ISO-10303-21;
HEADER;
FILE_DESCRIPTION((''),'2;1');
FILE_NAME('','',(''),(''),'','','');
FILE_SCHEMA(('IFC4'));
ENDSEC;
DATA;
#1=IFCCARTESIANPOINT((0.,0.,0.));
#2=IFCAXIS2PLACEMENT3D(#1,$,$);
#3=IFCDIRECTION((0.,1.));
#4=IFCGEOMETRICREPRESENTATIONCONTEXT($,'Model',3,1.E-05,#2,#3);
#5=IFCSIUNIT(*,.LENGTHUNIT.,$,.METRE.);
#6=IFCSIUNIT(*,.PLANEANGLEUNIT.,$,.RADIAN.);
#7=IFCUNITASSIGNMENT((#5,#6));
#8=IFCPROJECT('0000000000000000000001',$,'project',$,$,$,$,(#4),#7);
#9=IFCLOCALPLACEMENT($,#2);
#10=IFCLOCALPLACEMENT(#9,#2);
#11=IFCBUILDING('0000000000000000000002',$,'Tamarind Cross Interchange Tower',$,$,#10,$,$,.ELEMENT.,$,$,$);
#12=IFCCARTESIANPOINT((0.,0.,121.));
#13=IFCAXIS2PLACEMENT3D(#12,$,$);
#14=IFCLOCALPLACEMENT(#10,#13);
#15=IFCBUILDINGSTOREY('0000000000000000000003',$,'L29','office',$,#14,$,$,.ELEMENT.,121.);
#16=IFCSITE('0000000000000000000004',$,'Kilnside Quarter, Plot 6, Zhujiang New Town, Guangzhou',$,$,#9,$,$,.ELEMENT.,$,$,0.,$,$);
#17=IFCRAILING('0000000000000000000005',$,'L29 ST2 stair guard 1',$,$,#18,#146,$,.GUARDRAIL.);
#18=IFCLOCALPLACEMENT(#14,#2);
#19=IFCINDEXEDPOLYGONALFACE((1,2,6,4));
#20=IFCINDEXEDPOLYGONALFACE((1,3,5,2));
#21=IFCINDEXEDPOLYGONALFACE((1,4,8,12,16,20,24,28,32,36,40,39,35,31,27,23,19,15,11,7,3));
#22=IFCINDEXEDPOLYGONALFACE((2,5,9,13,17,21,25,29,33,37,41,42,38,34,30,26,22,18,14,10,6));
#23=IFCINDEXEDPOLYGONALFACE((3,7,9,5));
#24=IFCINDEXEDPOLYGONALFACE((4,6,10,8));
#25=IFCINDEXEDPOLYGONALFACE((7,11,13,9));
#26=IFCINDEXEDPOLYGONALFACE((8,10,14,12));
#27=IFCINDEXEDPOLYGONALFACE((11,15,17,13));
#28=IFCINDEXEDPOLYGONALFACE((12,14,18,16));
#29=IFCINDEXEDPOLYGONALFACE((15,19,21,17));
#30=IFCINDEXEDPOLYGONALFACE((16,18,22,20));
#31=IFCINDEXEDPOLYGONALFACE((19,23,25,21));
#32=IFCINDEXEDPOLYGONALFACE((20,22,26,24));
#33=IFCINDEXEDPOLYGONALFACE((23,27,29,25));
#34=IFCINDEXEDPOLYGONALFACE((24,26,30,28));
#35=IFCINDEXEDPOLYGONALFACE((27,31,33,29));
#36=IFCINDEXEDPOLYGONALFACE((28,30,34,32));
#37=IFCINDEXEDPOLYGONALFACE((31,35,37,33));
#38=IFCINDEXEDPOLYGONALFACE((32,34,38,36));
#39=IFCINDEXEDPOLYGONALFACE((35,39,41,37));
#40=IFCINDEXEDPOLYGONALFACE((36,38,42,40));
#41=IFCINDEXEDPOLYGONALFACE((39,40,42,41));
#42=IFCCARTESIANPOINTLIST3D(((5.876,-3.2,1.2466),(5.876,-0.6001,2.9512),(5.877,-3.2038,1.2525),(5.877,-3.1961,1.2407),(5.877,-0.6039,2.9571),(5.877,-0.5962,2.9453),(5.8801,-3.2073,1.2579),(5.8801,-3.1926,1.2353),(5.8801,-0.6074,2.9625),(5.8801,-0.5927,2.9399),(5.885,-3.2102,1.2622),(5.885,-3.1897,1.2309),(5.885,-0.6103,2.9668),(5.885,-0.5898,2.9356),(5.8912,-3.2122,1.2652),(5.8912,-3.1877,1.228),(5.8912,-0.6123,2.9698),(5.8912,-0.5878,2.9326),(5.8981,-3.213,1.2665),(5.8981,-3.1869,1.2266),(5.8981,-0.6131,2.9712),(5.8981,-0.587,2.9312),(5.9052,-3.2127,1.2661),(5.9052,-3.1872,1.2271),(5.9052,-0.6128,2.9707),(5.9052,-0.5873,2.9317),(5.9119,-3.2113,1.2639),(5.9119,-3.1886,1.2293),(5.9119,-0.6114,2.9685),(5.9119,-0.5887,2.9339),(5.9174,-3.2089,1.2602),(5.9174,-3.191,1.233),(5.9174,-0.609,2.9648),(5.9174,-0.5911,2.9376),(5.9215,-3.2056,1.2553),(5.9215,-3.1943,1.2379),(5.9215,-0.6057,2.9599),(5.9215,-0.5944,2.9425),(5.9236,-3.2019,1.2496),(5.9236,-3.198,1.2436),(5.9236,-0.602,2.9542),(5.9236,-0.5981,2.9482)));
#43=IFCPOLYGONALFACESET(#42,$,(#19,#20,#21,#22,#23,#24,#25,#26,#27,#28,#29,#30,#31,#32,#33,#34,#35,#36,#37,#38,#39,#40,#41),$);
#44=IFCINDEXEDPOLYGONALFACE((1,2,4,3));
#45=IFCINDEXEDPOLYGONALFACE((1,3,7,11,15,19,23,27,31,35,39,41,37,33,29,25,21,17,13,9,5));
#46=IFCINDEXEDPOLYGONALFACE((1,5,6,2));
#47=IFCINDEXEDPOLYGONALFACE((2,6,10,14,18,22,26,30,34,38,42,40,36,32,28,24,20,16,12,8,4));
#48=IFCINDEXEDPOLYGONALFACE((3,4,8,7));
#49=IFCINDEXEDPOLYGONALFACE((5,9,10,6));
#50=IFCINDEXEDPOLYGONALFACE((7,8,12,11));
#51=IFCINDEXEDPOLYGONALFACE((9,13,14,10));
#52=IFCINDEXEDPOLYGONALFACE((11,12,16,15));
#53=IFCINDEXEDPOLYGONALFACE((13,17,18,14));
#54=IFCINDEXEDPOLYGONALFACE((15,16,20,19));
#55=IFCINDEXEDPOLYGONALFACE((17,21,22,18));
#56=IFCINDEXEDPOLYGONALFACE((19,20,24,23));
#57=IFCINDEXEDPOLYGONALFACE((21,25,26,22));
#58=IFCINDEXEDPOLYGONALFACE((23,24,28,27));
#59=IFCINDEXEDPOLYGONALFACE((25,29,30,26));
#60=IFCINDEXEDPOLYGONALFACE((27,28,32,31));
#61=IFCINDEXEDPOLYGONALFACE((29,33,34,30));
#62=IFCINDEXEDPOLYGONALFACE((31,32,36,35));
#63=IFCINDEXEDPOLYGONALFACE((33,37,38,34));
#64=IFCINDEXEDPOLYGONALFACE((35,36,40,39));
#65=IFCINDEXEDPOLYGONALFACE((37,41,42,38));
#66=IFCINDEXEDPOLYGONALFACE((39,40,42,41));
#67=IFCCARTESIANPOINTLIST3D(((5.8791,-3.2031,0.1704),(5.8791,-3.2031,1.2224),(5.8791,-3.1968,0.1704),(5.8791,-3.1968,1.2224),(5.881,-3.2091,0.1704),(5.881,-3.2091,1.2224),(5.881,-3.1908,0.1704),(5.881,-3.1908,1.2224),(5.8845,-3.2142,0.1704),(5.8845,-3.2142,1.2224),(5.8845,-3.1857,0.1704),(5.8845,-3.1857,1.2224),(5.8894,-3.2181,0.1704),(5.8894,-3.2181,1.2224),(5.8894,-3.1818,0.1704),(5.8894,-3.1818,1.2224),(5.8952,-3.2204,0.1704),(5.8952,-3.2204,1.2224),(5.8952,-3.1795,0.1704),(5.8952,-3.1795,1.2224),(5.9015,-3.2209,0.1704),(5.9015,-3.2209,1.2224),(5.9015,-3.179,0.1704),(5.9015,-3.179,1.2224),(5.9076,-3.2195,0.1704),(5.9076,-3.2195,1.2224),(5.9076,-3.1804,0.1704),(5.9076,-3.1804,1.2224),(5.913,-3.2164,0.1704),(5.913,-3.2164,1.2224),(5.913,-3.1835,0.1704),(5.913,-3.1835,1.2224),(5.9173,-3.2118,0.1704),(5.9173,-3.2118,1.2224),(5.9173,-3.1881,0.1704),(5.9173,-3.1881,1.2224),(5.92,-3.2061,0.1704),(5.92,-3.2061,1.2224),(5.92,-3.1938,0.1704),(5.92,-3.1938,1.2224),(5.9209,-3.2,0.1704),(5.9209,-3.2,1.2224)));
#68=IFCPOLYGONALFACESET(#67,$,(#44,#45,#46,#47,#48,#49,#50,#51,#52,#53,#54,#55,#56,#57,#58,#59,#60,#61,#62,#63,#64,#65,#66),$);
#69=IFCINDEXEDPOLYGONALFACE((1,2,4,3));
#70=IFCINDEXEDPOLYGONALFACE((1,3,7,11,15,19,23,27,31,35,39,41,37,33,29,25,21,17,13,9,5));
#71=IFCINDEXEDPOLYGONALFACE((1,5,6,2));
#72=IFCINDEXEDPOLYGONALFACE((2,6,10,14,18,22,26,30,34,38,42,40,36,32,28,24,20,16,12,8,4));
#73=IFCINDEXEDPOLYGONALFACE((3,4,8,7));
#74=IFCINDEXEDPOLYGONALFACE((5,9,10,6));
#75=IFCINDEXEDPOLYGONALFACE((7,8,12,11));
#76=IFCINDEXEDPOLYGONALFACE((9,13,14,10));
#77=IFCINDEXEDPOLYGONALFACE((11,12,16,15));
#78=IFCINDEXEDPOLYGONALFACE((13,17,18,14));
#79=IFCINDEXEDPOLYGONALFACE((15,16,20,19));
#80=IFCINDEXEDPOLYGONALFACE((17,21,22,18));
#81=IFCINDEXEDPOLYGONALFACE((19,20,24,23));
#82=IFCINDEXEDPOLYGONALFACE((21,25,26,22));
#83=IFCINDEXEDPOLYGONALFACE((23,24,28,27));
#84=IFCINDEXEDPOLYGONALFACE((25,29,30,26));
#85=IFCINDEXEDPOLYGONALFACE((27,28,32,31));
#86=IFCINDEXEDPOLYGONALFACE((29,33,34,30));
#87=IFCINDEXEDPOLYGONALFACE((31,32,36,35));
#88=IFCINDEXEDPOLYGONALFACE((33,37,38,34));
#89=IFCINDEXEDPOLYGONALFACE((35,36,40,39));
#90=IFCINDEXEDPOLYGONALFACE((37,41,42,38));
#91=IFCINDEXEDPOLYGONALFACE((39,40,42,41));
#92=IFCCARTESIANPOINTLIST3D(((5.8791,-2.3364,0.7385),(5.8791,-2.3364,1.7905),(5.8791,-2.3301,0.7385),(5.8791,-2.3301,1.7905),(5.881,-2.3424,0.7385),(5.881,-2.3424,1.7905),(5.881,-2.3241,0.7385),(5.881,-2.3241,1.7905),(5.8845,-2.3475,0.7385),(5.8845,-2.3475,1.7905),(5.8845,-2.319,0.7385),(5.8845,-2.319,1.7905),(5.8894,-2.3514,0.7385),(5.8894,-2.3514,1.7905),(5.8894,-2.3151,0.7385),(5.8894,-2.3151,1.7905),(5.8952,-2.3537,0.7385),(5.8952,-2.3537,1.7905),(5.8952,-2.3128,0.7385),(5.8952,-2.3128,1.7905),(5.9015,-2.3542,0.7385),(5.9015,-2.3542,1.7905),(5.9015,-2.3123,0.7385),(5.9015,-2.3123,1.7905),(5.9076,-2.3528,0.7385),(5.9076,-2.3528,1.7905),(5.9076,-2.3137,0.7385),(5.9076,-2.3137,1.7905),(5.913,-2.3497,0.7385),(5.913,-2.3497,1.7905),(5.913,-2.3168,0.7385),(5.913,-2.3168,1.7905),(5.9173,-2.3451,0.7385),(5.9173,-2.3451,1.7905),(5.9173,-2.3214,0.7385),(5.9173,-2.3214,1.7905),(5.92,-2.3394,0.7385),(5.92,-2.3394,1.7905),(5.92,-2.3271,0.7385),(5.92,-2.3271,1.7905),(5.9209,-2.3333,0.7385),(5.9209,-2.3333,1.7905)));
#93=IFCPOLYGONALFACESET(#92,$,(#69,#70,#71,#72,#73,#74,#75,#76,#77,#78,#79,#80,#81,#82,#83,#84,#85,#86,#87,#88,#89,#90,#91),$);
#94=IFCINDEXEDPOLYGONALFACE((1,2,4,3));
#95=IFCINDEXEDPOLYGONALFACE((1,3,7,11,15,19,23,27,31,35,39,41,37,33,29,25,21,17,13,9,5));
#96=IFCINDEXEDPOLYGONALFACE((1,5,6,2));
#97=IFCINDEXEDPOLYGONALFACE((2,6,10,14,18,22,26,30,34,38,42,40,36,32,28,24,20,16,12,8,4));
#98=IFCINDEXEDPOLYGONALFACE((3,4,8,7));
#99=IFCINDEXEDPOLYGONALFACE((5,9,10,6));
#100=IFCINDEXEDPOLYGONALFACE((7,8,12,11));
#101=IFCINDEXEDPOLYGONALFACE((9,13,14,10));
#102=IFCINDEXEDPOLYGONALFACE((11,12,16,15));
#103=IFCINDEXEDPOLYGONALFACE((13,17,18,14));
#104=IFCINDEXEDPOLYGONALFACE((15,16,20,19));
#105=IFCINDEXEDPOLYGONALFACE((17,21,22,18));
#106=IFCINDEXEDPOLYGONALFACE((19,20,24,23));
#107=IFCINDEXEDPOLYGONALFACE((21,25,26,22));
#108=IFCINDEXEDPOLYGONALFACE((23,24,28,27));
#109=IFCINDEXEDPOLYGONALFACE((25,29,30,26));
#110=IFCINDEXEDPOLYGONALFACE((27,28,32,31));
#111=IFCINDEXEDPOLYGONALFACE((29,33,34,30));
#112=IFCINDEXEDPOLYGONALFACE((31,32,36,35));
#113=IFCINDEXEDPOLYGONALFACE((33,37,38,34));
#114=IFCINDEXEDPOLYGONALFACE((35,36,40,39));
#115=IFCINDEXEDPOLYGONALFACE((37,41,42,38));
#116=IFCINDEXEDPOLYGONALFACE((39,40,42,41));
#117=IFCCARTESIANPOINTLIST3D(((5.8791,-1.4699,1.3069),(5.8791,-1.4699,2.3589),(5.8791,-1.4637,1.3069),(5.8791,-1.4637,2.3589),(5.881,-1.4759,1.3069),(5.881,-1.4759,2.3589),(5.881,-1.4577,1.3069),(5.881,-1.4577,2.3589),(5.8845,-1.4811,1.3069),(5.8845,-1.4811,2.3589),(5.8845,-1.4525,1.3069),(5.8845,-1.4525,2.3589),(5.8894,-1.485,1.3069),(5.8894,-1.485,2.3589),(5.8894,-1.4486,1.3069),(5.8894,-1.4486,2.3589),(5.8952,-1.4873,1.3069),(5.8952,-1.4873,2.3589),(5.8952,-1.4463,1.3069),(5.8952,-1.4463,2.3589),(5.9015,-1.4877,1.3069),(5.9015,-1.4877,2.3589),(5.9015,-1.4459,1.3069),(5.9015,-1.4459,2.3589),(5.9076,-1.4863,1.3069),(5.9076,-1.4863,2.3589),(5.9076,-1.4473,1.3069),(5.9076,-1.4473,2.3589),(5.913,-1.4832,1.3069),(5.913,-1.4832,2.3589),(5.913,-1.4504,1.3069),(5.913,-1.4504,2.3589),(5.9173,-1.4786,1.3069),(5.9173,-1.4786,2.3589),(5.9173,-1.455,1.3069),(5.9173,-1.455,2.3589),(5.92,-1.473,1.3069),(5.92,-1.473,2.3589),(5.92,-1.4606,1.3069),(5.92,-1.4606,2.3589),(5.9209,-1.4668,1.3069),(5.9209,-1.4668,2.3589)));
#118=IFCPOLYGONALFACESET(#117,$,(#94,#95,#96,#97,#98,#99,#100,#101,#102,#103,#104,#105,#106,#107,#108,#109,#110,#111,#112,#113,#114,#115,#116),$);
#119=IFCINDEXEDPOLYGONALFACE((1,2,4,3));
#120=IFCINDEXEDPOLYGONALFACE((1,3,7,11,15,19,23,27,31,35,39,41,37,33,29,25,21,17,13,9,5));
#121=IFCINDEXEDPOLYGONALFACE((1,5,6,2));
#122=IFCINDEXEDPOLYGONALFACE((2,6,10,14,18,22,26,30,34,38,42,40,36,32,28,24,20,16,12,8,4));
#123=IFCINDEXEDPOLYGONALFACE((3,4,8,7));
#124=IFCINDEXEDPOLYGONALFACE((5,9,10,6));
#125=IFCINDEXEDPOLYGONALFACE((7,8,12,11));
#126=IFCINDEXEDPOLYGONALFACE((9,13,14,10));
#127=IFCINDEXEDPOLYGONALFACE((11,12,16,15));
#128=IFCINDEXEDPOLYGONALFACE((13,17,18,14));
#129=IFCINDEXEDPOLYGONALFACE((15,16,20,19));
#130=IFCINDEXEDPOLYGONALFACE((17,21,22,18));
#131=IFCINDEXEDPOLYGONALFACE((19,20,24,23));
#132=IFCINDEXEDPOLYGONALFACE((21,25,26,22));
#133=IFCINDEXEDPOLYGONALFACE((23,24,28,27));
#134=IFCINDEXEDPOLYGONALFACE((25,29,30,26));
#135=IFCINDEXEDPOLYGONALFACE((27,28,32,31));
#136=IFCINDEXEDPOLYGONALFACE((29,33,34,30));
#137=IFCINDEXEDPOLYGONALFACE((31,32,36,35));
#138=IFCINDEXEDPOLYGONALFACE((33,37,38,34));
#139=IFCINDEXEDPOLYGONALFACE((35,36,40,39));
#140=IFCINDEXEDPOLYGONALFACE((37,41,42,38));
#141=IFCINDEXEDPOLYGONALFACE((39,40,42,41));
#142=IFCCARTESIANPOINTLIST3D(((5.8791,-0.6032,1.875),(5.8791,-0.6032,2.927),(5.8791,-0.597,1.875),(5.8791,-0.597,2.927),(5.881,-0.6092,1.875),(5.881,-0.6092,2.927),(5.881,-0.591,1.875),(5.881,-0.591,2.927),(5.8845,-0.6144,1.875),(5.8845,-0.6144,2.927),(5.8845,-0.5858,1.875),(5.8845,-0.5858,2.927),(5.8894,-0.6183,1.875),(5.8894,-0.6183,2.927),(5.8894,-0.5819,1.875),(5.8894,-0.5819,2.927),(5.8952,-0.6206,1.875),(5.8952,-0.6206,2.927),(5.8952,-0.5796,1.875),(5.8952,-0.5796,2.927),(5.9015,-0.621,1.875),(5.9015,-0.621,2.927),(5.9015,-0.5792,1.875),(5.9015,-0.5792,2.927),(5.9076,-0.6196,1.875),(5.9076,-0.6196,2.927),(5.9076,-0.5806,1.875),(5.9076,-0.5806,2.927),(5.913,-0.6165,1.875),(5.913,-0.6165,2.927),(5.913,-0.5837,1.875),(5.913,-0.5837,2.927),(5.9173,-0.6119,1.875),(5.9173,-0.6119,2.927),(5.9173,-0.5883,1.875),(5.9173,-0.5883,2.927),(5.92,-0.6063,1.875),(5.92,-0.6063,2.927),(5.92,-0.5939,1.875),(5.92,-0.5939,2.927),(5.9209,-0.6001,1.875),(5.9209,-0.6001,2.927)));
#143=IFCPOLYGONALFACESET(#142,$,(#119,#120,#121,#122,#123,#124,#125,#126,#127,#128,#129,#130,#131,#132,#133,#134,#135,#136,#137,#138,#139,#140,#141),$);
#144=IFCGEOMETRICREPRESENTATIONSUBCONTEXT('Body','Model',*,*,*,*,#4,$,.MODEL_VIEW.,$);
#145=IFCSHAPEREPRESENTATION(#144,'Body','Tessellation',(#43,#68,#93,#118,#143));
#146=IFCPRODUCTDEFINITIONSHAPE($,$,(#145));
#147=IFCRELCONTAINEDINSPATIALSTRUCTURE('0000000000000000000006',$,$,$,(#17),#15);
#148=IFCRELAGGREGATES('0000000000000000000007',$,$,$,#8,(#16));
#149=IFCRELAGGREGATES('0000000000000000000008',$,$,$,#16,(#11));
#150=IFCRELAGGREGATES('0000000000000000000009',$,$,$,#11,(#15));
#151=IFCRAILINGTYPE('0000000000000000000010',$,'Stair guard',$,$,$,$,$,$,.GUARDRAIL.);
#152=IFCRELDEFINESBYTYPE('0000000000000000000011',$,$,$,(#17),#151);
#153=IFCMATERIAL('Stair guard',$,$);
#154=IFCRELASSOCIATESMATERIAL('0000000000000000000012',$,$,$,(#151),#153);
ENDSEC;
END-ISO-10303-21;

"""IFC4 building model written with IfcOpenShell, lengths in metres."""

from ifc_helpers import new_model, si_unit, direction, frame, origin, origin_2d, place, context, subcontext, project, spatial, circle, extrude, material, type_object, element, save


model = new_model("IFC4")

# Units and contexts
model_context = context("Model", 3, precision=1e-05, world=origin(), true_north=direction((0.0, 1.0)))
body_context = subcontext(model_context, "Body", "Model", "MODEL_VIEW")
ifc_project = project(units=[si_unit("LENGTHUNIT", "METRE"), si_unit("PLANEANGLEUNIT", "RADIAN")], contexts=[model_context])

# Site, building, storey
site_placement = place(None, origin())
site = spatial("IfcSite", under=ifc_project, at=site_placement, Name="Kilnside Quarter, Plot 6, Zhujiang New Town, Guangzhou", CompositionType="ELEMENT", RefElevation=0.0)
building_placement = place(site_placement, origin())
building = spatial("IfcBuilding", under=site, at=building_placement, Name="Tamarind Cross Interchange Tower", CompositionType="ELEMENT")
storey_placement = place(building_placement, frame((0.0, 0.0, 121.0)))
storey = spatial("IfcBuildingStorey", under=building, at=storey_placement, Name="L29", Description="office", CompositionType="ELEMENT", Elevation=121.0)

# Railing
ifc_material_1 = material(Name="Stair guard")
railing_type_1 = type_object("IfcRailingType", Name="Stair guard", PredefinedType="GUARDRAIL", material=ifc_material_1)
railing_1_placement = place(storey_placement, frame((5.8999, -3.2, 0.1704)))
element("IfcRailing", 1, at=railing_1_placement, inside=storey, type_object=railing_type_1, Name="L29 ST2 stair guard 1", PredefinedType="GUARDRAIL", context=body_context, shape_type="SweptSolid", body=[
    extrude(circle(Radius=0.0239, at=origin_2d()), frame((0.0, 0.0, 1.0762), z_axis=(0.0, 0.836279, 0.548305), x_axis=(-1.0, 0.0, 0.0)), (0.0, 0.0, 1.0), 3.1089),
    extrude(circle(Radius=0.021, at=origin_2d()), origin(), (0.0, 0.0, 1.0), 1.052),
    extrude(circle(Radius=0.021, at=origin_2d()), frame((0.0, 0.8667, 0.5681)), (0.0, 0.0, 1.0), 1.052),
    extrude(circle(Radius=0.021, at=origin_2d()), frame((0.0, 1.7332, 1.1365)), (0.0, 0.0, 1.0), 1.052),
    extrude(circle(Radius=0.021, at=origin_2d()), frame((0.0, 2.5999, 1.7046)), (0.0, 0.0, 1.0), 1.052),
])

save(model, "model.ifc")
